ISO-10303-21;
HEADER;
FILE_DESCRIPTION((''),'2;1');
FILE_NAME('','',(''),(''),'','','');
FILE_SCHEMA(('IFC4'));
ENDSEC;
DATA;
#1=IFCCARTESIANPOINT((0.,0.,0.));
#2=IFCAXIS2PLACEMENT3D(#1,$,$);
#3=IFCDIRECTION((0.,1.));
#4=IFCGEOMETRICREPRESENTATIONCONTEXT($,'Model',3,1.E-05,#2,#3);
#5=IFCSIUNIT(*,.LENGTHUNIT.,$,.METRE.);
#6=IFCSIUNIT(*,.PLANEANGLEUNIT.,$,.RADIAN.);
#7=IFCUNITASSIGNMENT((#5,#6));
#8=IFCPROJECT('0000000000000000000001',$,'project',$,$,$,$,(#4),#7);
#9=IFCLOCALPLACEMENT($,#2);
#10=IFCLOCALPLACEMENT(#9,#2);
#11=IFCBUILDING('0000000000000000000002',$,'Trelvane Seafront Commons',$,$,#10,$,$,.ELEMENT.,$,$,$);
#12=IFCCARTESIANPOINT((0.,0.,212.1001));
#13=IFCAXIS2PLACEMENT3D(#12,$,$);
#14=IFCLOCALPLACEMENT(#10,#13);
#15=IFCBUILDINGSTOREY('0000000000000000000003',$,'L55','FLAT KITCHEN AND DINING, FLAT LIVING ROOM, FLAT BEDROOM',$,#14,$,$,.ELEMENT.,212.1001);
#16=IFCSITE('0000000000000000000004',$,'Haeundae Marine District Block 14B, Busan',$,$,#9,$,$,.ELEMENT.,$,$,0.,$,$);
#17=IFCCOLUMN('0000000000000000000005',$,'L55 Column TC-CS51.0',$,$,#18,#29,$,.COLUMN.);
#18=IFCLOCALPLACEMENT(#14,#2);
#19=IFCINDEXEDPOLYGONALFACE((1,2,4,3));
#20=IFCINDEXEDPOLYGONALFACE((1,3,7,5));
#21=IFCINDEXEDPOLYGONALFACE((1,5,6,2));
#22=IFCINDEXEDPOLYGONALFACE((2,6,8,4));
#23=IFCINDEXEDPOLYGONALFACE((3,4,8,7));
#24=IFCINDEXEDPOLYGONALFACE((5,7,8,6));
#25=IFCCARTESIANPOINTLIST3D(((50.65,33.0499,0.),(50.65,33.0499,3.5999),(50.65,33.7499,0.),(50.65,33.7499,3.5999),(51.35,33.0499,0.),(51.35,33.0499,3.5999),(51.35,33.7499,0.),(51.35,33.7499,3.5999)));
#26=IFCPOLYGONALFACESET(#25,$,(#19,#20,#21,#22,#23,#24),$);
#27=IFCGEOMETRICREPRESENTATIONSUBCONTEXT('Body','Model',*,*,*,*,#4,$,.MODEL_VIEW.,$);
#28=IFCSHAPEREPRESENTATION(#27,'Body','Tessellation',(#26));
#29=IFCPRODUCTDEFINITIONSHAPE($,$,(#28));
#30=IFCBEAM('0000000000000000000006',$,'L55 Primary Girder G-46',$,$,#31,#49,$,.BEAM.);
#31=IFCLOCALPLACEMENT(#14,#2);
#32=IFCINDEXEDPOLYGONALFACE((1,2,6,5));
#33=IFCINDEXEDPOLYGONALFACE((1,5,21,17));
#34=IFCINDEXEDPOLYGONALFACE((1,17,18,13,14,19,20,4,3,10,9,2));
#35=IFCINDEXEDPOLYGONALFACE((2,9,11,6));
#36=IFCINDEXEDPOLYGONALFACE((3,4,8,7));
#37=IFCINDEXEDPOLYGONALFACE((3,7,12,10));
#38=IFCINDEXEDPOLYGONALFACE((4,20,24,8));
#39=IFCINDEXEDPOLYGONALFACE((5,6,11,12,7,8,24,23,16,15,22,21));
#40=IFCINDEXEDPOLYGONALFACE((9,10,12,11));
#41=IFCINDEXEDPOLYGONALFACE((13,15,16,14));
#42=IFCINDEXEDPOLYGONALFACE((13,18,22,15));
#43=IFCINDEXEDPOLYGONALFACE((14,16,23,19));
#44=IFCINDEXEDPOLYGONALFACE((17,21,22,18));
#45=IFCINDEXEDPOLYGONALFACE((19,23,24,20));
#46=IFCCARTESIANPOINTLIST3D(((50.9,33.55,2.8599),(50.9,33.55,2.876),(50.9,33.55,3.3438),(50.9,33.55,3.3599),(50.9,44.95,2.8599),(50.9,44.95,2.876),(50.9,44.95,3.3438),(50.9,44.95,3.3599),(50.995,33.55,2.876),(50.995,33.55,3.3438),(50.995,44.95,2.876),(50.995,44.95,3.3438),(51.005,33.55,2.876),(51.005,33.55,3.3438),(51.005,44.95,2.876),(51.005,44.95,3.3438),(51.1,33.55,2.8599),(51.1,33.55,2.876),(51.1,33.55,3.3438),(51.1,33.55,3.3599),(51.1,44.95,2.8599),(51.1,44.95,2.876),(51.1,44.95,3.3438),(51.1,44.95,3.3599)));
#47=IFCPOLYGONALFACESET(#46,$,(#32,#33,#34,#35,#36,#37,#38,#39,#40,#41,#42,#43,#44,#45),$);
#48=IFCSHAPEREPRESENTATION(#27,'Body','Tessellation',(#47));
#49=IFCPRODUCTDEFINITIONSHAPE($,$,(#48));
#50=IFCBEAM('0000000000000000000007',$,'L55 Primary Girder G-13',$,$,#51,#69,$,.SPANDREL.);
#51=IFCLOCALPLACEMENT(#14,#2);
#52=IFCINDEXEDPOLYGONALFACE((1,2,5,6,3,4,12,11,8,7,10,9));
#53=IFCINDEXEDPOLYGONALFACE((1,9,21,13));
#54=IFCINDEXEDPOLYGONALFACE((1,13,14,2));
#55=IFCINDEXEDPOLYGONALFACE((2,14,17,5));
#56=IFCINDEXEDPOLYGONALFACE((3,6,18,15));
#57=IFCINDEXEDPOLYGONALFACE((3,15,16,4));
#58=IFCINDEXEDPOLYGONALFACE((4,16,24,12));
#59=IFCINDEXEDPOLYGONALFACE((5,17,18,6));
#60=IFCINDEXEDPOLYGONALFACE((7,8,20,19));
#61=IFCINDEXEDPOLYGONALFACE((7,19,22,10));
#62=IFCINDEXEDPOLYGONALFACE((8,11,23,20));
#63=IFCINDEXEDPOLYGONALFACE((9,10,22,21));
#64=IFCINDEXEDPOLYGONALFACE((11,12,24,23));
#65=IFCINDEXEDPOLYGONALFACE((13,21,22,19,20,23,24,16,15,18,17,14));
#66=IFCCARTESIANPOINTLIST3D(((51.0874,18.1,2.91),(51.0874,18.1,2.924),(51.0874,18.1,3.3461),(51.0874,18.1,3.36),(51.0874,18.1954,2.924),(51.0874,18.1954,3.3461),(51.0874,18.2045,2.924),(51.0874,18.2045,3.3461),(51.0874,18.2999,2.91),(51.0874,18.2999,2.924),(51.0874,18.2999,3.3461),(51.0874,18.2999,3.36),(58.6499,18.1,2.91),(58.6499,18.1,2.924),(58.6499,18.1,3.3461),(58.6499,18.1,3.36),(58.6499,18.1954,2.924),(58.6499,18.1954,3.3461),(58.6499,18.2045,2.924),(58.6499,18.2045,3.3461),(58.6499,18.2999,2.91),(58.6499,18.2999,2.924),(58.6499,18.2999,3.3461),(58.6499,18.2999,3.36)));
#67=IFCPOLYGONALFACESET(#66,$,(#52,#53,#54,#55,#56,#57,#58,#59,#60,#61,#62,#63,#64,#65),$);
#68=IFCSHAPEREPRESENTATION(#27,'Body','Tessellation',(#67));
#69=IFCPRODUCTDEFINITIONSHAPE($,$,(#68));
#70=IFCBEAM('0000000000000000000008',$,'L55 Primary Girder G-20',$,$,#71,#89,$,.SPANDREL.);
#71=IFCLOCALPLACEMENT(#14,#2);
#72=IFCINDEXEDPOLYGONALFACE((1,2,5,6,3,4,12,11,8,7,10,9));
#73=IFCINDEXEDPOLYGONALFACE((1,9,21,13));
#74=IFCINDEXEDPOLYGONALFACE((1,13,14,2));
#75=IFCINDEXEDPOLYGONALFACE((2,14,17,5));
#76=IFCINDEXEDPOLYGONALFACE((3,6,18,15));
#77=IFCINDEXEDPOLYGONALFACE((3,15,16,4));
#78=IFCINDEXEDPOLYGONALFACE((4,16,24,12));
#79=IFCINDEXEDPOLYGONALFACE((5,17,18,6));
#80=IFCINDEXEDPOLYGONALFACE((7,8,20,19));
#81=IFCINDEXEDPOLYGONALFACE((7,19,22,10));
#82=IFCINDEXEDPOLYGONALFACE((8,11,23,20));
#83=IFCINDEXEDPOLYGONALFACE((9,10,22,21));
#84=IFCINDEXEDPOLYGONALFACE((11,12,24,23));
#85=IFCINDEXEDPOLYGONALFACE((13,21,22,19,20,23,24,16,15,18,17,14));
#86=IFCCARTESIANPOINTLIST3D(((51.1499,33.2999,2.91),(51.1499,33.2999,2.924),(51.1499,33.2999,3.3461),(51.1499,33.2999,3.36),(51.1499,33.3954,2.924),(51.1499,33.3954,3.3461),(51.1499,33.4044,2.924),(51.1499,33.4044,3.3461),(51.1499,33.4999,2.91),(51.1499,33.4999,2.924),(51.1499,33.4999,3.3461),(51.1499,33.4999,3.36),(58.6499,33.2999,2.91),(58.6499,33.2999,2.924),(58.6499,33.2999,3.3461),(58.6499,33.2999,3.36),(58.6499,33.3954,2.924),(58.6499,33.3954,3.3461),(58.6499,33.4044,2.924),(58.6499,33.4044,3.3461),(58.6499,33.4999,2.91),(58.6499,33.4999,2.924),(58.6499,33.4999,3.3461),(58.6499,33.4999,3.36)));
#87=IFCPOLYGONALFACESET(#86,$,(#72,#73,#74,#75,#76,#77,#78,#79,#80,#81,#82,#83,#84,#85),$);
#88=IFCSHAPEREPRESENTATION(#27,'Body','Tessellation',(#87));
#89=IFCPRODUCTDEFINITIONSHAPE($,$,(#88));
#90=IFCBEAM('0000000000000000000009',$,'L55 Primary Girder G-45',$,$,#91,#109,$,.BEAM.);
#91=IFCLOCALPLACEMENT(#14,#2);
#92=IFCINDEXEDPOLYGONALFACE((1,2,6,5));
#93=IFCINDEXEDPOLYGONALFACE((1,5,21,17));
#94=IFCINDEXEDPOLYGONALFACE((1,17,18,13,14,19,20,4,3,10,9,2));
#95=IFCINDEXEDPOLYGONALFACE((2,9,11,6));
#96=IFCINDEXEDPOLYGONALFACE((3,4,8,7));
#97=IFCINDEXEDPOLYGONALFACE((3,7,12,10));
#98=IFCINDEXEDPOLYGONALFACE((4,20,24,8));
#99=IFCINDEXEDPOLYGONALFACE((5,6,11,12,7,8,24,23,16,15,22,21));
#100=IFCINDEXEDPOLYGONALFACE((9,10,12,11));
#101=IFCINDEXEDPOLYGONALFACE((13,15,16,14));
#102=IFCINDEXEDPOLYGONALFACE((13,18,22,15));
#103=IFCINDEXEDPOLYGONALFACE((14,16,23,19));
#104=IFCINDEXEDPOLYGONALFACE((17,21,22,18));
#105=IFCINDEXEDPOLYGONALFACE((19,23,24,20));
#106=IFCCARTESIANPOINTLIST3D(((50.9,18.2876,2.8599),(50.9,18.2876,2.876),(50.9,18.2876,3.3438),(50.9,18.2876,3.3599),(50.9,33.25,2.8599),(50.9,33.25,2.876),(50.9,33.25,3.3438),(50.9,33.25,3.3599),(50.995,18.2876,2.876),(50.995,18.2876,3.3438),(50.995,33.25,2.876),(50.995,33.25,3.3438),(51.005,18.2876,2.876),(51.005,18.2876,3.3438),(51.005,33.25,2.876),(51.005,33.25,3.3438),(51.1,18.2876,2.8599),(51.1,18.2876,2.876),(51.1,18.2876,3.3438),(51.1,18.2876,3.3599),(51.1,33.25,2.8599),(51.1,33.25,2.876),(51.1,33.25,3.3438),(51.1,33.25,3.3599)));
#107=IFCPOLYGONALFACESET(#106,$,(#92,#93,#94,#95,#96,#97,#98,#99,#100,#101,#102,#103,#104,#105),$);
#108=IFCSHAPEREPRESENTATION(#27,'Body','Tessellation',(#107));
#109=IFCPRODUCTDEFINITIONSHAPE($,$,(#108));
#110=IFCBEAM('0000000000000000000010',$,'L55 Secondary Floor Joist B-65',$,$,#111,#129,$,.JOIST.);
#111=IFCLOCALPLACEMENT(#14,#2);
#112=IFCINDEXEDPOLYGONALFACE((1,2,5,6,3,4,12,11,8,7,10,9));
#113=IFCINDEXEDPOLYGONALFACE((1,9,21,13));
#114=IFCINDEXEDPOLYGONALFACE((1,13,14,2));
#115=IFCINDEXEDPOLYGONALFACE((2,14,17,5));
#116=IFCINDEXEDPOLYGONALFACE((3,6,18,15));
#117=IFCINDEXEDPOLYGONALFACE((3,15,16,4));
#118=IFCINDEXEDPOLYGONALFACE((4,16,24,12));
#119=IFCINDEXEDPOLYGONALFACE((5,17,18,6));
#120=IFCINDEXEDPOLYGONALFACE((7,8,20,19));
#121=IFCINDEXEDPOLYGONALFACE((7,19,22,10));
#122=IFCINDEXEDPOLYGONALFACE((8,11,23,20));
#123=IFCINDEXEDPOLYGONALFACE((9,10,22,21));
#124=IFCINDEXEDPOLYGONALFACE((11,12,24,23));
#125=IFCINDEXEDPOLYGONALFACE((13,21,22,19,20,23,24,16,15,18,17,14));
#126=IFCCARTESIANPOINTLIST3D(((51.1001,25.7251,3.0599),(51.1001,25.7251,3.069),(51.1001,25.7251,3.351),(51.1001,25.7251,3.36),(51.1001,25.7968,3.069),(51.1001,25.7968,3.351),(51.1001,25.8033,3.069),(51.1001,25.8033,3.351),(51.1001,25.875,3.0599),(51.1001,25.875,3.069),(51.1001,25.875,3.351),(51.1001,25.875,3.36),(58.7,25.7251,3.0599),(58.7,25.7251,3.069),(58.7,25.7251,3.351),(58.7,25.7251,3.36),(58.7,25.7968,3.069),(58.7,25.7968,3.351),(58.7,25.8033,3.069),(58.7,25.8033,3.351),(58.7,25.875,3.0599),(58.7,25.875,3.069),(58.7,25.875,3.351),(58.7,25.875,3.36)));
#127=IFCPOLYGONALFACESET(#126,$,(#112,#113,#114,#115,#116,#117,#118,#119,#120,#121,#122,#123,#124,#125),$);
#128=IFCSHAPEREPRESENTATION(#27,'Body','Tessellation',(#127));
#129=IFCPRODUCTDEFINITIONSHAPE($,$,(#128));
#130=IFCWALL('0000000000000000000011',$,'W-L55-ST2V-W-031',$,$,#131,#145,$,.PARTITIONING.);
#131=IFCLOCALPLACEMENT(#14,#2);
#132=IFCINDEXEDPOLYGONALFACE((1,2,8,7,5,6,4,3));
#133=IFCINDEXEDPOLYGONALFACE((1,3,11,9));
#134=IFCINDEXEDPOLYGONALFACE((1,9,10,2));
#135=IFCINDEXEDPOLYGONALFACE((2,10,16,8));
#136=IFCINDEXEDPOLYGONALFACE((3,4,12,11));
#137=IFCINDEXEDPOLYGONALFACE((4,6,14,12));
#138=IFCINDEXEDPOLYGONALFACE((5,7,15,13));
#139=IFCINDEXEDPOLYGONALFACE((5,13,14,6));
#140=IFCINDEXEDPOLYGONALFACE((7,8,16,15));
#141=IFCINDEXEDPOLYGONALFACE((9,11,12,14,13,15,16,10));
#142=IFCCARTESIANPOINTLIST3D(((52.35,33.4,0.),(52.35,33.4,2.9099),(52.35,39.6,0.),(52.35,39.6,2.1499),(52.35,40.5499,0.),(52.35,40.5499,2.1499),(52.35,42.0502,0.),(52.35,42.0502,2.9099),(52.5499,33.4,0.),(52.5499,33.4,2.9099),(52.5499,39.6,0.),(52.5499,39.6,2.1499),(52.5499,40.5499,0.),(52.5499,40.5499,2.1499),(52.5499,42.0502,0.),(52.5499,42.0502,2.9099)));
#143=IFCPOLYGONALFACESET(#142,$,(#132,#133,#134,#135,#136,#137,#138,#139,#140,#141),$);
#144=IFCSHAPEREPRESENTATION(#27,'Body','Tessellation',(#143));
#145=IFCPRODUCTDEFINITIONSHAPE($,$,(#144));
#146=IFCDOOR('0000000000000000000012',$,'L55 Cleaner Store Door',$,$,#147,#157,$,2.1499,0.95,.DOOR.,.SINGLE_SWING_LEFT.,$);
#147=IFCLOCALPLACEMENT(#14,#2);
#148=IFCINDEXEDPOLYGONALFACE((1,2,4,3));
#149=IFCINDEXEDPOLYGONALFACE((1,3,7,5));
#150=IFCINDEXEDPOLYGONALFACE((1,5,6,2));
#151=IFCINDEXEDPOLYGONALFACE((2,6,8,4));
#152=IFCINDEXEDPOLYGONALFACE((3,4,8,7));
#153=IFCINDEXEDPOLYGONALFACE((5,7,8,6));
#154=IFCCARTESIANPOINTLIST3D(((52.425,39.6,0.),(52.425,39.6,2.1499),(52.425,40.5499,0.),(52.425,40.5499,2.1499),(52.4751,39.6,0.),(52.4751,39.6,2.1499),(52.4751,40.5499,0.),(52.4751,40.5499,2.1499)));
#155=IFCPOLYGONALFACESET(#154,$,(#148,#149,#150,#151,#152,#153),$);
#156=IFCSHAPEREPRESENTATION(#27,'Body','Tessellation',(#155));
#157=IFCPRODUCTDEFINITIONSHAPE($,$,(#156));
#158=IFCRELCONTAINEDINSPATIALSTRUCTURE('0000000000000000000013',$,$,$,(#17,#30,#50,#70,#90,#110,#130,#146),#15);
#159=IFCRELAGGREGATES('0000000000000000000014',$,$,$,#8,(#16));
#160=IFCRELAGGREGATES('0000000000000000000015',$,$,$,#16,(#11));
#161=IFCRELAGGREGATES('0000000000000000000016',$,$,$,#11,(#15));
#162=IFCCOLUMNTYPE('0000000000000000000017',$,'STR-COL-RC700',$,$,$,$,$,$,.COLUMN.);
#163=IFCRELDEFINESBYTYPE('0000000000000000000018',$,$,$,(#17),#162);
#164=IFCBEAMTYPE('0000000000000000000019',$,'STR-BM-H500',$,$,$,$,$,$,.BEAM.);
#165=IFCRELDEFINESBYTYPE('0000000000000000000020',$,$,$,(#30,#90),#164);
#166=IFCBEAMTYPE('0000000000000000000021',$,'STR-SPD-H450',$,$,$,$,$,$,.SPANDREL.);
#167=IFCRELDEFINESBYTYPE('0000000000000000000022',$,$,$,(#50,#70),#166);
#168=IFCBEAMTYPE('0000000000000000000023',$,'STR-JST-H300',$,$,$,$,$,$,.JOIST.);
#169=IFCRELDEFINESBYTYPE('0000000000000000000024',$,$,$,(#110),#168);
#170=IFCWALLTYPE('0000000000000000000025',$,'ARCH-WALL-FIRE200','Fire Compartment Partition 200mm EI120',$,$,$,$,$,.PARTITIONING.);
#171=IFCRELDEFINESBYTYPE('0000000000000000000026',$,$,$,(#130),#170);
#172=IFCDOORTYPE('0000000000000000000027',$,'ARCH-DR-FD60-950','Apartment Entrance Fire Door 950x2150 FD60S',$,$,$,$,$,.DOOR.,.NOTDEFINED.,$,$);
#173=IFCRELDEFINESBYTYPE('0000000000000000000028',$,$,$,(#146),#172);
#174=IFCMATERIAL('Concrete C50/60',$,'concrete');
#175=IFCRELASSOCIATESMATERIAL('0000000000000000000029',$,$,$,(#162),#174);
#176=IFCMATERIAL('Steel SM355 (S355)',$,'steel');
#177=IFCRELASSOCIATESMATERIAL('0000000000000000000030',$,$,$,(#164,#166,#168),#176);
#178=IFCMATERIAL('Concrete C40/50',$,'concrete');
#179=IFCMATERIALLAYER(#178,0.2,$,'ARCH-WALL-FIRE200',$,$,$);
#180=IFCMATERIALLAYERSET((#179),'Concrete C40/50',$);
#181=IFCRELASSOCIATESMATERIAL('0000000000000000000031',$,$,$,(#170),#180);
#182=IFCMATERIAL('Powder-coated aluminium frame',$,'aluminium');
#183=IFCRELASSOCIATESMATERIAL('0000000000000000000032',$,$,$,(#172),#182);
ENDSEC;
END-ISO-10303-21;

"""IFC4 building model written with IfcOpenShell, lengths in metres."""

from ifc_helpers import new_model, si_unit, direction, frame, frame_2d, origin, origin_2d, place, context, subcontext, project, spatial, rectangle, i_section, extrude, source, transform, mapped, material, layer, layer_set, material_profile, profile_set, type_object, element, fill, save


model = new_model("IFC4")

# Units and contexts
model_context = context("Model", 3, precision=1e-05, world=origin(), true_north=direction((0.0, 1.0)))
body_context = subcontext(model_context, "Body", "Model", "MODEL_VIEW")
ifc_project = project(units=[si_unit("LENGTHUNIT", "METRE"), si_unit("PLANEANGLEUNIT", "RADIAN")], contexts=[model_context])

# Site, building, storey
site_placement = place(None, origin())
site = spatial("IfcSite", under=ifc_project, at=site_placement, Name="Haeundae Marine District Block 14B, Busan", CompositionType="ELEMENT", RefElevation=0.0)
building_placement = place(site_placement, origin())
building = spatial("IfcBuilding", under=site, at=building_placement, Name="Trelvane Seafront Commons", CompositionType="ELEMENT")
storey_placement = place(building_placement, frame((0.0, 0.0, 212.1001)))
storey = spatial("IfcBuildingStorey", under=building, at=storey_placement, Name="L55", Description="FLAT KITCHEN AND DINING, FLAT LIVING ROOM, FLAT BEDROOM", CompositionType="ELEMENT", Elevation=212.1001)

# Column
ifc_material_1 = material(Name="Concrete C50/60", Category="concrete")
ifc_material_profile_1 = material_profile(ifc_material_1, rectangle(XDim=0.7, YDim=0.7, at=origin_2d()), Name="RC-700x700")
ifc_profile_set_1 = profile_set([ifc_material_profile_1], Name="Concrete C50/60")
column_type = type_object("IfcColumnType", Name="STR-COL-RC700", PredefinedType="COLUMN", material=ifc_profile_set_1)
shared_shape_1 = source(origin(), body_context, "Body", "SweptSolid", [
    extrude(rectangle(XDim=0.7, YDim=0.7, at=origin_2d()), origin(), (0.0, 0.0, 1.0), 3.5999),
])
column_placement = place(storey_placement, frame((51.0, 33.3999, 0.0), z_axis=(0.0, 0.0, 1.0), x_axis=(1.0, 0.0, 0.0)))
element("IfcColumn", 1, at=column_placement, inside=storey, type_object=column_type, Name="L55 Column TC-CS51.0", PredefinedType="COLUMN", context=body_context, shape_type="MappedRepresentation", body=[
    mapped(shared_shape_1, transform((0.0, 0.0, 0.0), x_axis=(1.0, 0.0, 0.0), y_axis=(0.0, 1.0, 0.0), z_axis=(0.0, 0.0, 1.0), scale=1.0)),
])

# Beams
ifc_material_2 = material(Name="Steel SM355 (S355)", Category="steel")
ifc_material_profile_2 = material_profile(ifc_material_2, i_section(OverallWidth=0.2, OverallDepth=0.5, WebThickness=0.01, FlangeThickness=0.0161, at=origin_2d()), Name="H-500x200x10x16")
ifc_profile_set_2 = profile_set([ifc_material_profile_2], Name="Steel SM355 (S355)")
beam_type_1 = type_object("IfcBeamType", Name="STR-BM-H500", PredefinedType="BEAM", material=ifc_profile_set_2)
shared_shape_2 = source(origin(), body_context, "Body", "SweptSolid", [
    extrude(i_section(OverallWidth=0.2, OverallDepth=0.5, WebThickness=0.01, FlangeThickness=0.0161, at=origin_2d()), origin(), (0.0, 0.0, 1.0), 11.3999),
])
beam_1_placement = place(storey_placement, frame((51.0, 33.55, 3.1099), z_axis=(0.0, 1.0, 0.0), x_axis=(-1.0, 0.0, 0.0)))
element("IfcBeam", 2, at=beam_1_placement, inside=storey, type_object=beam_type_1, Name="L55 Primary Girder G-46", PredefinedType="BEAM", context=body_context, shape_type="MappedRepresentation", body=[
    mapped(shared_shape_2, transform((0.0, 0.0, 0.0), x_axis=(1.0, 0.0, 0.0), y_axis=(0.0, 1.0, 0.0), z_axis=(0.0, 0.0, 1.0), scale=1.0)),
])
ifc_material_profile_3 = material_profile(ifc_material_2, i_section(OverallWidth=0.2, OverallDepth=0.45, WebThickness=0.009, FlangeThickness=0.0139, at=origin_2d()), Name="H-450x200x9x14")
ifc_profile_set_3 = profile_set([ifc_material_profile_3], Name="Steel SM355 (S355)")
beam_type_2 = type_object("IfcBeamType", Name="STR-SPD-H450", PredefinedType="SPANDREL", material=ifc_profile_set_3)
shared_shape_3 = source(origin(), body_context, "Body", "SweptSolid", [
    extrude(i_section(OverallWidth=0.2, OverallDepth=0.45, WebThickness=0.009, FlangeThickness=0.0139, at=origin_2d()), origin(), (0.0, 0.0, 1.0), 7.5625),
])
beam_2_placement = place(storey_placement, frame((51.0874, 18.2, 3.135), z_axis=(1.0, 0.0, 0.0), x_axis=(0.0, 1.0, 0.0)))
element("IfcBeam", 3, at=beam_2_placement, inside=storey, type_object=beam_type_2, Name="L55 Primary Girder G-13", PredefinedType="SPANDREL", context=body_context, shape_type="MappedRepresentation", body=[
    mapped(shared_shape_3, transform((0.0, 0.0, 0.0), x_axis=(1.0, 0.0, 0.0), y_axis=(0.0, 1.0, 0.0), z_axis=(0.0, 0.0, 1.0), scale=1.0)),
])
shared_shape_4 = source(origin(), body_context, "Body", "SweptSolid", [
    extrude(i_section(OverallWidth=0.2, OverallDepth=0.45, WebThickness=0.009, FlangeThickness=0.0139, at=origin_2d()), origin(), (0.0, 0.0, 1.0), 7.5),
])
beam_3_placement = place(storey_placement, frame((51.1499, 33.3999, 3.135), z_axis=(1.0, 0.0, 0.0), x_axis=(0.0, 1.0, 0.0)))
element("IfcBeam", 4, at=beam_3_placement, inside=storey, type_object=beam_type_2, Name="L55 Primary Girder G-20", PredefinedType="SPANDREL", context=body_context, shape_type="MappedRepresentation", body=[
    mapped(shared_shape_4, transform((0.0, 0.0, 0.0), x_axis=(1.0, 0.0, 0.0), y_axis=(0.0, 1.0, 0.0), z_axis=(0.0, 0.0, 1.0), scale=1.0)),
])
shared_shape_5 = source(origin(), body_context, "Body", "SweptSolid", [
    extrude(i_section(OverallWidth=0.2, OverallDepth=0.5, WebThickness=0.01, FlangeThickness=0.0161, at=origin_2d()), origin(), (0.0, 0.0, 1.0), 14.9624),
])
beam_4_placement = place(storey_placement, frame((51.0, 18.2876, 3.1099), z_axis=(0.0, 1.0, 0.0), x_axis=(-1.0, 0.0, 0.0)))
element("IfcBeam", 5, at=beam_4_placement, inside=storey, type_object=beam_type_1, Name="L55 Primary Girder G-45", PredefinedType="BEAM", context=body_context, shape_type="MappedRepresentation", body=[
    mapped(shared_shape_5, transform((0.0, 0.0, 0.0), x_axis=(1.0, 0.0, 0.0), y_axis=(0.0, 1.0, 0.0), z_axis=(0.0, 0.0, 1.0), scale=1.0)),
])
ifc_material_profile_4 = material_profile(ifc_material_2, i_section(OverallWidth=0.1499, OverallDepth=0.3, WebThickness=0.0066, FlangeThickness=0.009, at=origin_2d()), Name="H-300x150x6.5x9")
ifc_profile_set_4 = profile_set([ifc_material_profile_4], Name="Steel SM355 (S355)")
beam_type_3 = type_object("IfcBeamType", Name="STR-JST-H300", PredefinedType="JOIST", material=ifc_profile_set_4)
shared_shape_6 = source(origin(), body_context, "Body", "SweptSolid", [
    extrude(i_section(OverallWidth=0.1499, OverallDepth=0.3, WebThickness=0.0066, FlangeThickness=0.009, at=origin_2d()), origin(), (0.0, 0.0, 1.0), 7.5999),
])
beam_5_placement = place(storey_placement, frame((51.1001, 25.8, 3.21), z_axis=(1.0, 0.0, 0.0), x_axis=(0.0, 1.0, 0.0)))
element("IfcBeam", 6, at=beam_5_placement, inside=storey, type_object=beam_type_3, Name="L55 Secondary Floor Joist B-65", PredefinedType="JOIST", context=body_context, shape_type="MappedRepresentation", body=[
    mapped(shared_shape_6, transform((0.0, 0.0, 0.0), x_axis=(1.0, 0.0, 0.0), y_axis=(0.0, 1.0, 0.0), z_axis=(0.0, 0.0, 1.0), scale=1.0)),
])

# Wall, opening, door
ifc_material_3 = material(Name="Concrete C40/50", Category="concrete")
ifc_layer_1 = layer(ifc_material_3, 0.2, Name="ARCH-WALL-FIRE200")
ifc_layer_set_1 = layer_set([ifc_layer_1], Name="Concrete C40/50")
wall_type_1 = type_object("IfcWallType", Name="ARCH-WALL-FIRE200", Description="Fire Compartment Partition 200mm EI120", PredefinedType="PARTITIONING", material=ifc_layer_set_1)
wall_1_placement = place(storey_placement, frame((52.45, 33.3999, 0.0), z_axis=(0.0, 0.0, 1.0), x_axis=(0.0, 1.0, 0.0)))
wall_1 = element("IfcWall", 7, at=wall_1_placement, inside=storey, type_object=wall_type_1, Name="W-L55-ST2V-W-031", PredefinedType="PARTITIONING", context=body_context, shape_type="SweptSolid", body=[
    extrude(rectangle(XDim=8.6501, YDim=0.2, at=frame_2d((4.3252, 0.0))), origin(), (0.0, 0.0, 1.0), 2.9099),
])
opening_1_placement = place(wall_1_placement, frame((6.2, 0.0, 0.0)))
opening_1 = element("IfcOpeningElement", 8, at=opening_1_placement, cuts=wall_1, PredefinedType="OPENING", context=body_context, shape_type="SweptSolid", body=[
    extrude(rectangle(XDim=0.95, YDim=2.1499, at=frame_2d((0.4751, 1.075))), frame((0.0, 0.1099, 0.0), z_axis=(0.0, -1.0, 0.0), x_axis=(1.0, 0.0, 0.0)), (0.0, 0.0, 1.0), 0.22),
])
ifc_material_4 = material(Name="Powder-coated aluminium frame", Category="aluminium")
door_type_1 = type_object("IfcDoorType", Name="ARCH-DR-FD60-950", Description="Apartment Entrance Fire Door 950x2150 FD60S", OperationType="NOTDEFINED", PredefinedType="DOOR", material=ifc_material_4)
shared_shape_7 = source(origin(), body_context, "Body", "SweptSolid", [
    extrude(rectangle(XDim=0.95, YDim=2.1499, at=frame_2d((0.4751, 1.075))), frame((0.0, 0.0249, 0.0), z_axis=(0.0, -1.0, 0.0), x_axis=(1.0, 0.0, 0.0)), (0.0, 0.0, 1.0), 0.05),
])
door_1_placement = place(opening_1_placement, origin())
door_1 = element("IfcDoor", 9, at=door_1_placement, inside=storey, type_object=door_type_1, Name="L55 Cleaner Store Door", OperationType="SINGLE_SWING_LEFT", OverallHeight=2.1499, OverallWidth=0.95, PredefinedType="DOOR", context=body_context, shape_type="MappedRepresentation", body=[
    mapped(shared_shape_7, transform((0.0, 0.0, 0.0), x_axis=(1.0, 0.0, 0.0), y_axis=(0.0, 1.0, 0.0), z_axis=(0.0, 0.0, 1.0), scale=1.0)),
])
fill(opening_1, door_1)

save(model, "model.ifc")
